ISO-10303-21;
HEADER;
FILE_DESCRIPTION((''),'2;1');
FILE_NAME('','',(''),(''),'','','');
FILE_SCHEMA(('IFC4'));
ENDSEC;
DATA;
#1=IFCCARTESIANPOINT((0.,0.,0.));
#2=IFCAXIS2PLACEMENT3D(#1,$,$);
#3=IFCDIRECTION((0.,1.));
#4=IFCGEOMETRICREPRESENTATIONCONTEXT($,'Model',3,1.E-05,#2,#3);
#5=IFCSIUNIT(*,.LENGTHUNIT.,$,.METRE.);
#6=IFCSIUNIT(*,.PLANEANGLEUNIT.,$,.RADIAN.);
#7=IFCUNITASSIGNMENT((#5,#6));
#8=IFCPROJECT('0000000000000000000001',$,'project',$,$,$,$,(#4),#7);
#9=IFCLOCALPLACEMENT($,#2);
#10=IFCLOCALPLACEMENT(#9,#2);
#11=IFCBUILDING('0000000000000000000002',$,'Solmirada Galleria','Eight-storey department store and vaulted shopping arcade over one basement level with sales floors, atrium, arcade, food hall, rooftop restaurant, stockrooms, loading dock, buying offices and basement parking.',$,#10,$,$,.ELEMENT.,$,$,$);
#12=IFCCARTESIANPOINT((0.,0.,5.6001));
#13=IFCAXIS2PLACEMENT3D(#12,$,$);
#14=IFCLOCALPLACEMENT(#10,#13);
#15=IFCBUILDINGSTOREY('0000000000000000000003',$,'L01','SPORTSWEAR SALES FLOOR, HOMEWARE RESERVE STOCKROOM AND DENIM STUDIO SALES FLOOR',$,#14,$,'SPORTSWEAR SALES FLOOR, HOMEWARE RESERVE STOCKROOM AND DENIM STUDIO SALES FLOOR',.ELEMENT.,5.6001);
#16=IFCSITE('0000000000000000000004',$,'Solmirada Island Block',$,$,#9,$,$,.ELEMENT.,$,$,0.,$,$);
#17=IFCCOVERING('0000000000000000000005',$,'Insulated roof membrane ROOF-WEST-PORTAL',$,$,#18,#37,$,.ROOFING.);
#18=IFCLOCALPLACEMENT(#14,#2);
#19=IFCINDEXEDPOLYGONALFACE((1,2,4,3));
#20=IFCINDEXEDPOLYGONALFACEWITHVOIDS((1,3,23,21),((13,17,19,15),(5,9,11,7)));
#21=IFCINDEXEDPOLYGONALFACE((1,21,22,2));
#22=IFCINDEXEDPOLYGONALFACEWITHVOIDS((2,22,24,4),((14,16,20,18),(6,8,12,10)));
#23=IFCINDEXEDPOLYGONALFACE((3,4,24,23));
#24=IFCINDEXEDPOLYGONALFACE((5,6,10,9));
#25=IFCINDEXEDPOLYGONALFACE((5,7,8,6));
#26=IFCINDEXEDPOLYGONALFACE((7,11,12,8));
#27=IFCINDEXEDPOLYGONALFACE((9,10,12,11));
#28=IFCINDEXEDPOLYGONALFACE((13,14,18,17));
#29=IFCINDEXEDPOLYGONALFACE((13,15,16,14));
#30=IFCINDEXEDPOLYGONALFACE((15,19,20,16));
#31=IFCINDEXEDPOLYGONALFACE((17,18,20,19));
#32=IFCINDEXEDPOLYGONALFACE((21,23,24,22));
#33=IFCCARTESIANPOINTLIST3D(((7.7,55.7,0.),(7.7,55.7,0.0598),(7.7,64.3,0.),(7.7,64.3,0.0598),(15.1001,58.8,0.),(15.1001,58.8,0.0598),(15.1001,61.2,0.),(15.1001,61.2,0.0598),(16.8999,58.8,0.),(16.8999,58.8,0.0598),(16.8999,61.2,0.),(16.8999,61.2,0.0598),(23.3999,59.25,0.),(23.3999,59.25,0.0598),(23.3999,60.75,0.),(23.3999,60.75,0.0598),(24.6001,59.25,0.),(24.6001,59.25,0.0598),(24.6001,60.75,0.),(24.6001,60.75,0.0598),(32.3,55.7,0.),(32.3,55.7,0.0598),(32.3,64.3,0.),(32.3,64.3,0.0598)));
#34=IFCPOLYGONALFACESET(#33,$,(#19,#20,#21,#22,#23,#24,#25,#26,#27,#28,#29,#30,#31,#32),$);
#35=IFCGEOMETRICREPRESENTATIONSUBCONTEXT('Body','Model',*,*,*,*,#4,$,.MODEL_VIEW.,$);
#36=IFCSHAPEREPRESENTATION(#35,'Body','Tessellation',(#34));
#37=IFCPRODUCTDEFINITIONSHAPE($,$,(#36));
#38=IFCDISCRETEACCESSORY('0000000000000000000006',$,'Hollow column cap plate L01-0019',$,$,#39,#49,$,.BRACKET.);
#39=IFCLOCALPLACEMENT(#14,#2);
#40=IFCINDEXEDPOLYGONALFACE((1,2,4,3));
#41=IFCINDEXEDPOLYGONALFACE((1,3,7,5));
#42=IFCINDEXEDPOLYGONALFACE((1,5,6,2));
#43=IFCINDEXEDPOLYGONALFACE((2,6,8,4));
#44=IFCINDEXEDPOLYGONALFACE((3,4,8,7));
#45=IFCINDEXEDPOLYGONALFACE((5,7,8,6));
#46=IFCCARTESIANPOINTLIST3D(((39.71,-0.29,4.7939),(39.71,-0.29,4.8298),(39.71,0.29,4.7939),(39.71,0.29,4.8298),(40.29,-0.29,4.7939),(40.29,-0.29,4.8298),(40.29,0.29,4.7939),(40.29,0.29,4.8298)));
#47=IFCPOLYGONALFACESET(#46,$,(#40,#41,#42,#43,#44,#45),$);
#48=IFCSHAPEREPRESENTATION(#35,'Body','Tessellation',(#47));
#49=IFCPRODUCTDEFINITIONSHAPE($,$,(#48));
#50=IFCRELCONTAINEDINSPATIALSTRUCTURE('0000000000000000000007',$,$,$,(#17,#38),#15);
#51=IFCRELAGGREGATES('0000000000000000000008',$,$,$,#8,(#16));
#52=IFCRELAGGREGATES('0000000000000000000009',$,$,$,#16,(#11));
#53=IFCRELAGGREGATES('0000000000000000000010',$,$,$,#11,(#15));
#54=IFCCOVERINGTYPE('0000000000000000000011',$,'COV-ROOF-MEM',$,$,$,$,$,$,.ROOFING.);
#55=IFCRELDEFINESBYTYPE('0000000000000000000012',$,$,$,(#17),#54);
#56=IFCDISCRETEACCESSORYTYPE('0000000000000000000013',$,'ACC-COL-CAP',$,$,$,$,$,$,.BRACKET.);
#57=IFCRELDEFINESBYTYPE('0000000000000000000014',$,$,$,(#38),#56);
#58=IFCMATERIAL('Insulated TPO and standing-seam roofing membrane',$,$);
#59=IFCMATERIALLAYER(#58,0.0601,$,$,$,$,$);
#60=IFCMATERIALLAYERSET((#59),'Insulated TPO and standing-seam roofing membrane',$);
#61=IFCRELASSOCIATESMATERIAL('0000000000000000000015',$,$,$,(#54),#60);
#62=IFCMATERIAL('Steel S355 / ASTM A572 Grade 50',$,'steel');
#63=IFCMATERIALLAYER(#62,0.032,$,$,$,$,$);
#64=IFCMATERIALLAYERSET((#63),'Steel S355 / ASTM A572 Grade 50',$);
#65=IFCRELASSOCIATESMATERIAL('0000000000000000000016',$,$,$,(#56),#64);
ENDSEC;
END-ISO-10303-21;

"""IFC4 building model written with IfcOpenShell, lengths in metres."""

from ifc_helpers import new_model, si_unit, direction, frame, origin, origin_2d, place, context, subcontext, project, spatial, polyline, rectangle, outline, extrude, material, layer, layer_set, type_object, element, save


model = new_model("IFC4")

# Units and contexts
model_context = context("Model", 3, precision=1e-05, world=origin(), true_north=direction((0.0, 1.0)))
body_context = subcontext(model_context, "Body", "Model", "MODEL_VIEW")
ifc_project = project(units=[si_unit("LENGTHUNIT", "METRE"), si_unit("PLANEANGLEUNIT", "RADIAN")], contexts=[model_context])

# Site, building, storey
site_placement = place(None, origin())
site = spatial("IfcSite", under=ifc_project, at=site_placement, Name="Solmirada Island Block", CompositionType="ELEMENT", RefElevation=0.0)
building_placement = place(site_placement, origin())
building = spatial("IfcBuilding", under=site, at=building_placement, Name="Solmirada Galleria", Description="Eight-storey department store and vaulted shopping arcade over one basement level with sales floors, atrium, arcade, food hall, rooftop restaurant, stockrooms, loading dock, buying offices and basement parking.", CompositionType="ELEMENT")
storey_placement = place(building_placement, frame((0.0, 0.0, 5.6001)))
storey = spatial("IfcBuildingStorey", under=building, at=storey_placement, Name="L01", Description="SPORTSWEAR SALES FLOOR, HOMEWARE RESERVE STOCKROOM AND DENIM STUDIO SALES FLOOR", LongName="SPORTSWEAR SALES FLOOR, HOMEWARE RESERVE STOCKROOM AND DENIM STUDIO SALES FLOOR", CompositionType="ELEMENT", Elevation=5.6001)

# Covering
ifc_material_1 = material(Name="Insulated TPO and standing-seam roofing membrane")
ifc_layer_1 = layer(ifc_material_1, 0.0601)
ifc_layer_set_1 = layer_set([ifc_layer_1], Name="Insulated TPO and standing-seam roofing membrane")
covering_type_1 = type_object("IfcCoveringType", Name="COV-ROOF-MEM", PredefinedType="ROOFING", material=ifc_layer_set_1)
covering_1_placement = place(storey_placement, origin())
element("IfcCovering", 1, at=covering_1_placement, inside=storey, type_object=covering_type_1, Name="Insulated roof membrane ROOF-WEST-PORTAL", PredefinedType="ROOFING", context=body_context, shape_type="SweptSolid", body=[
    extrude(outline(polyline([(7.7, 55.7), (32.3, 55.7), (32.3, 64.3), (7.7, 64.3), (7.7, 55.7)]), holes=[polyline([(15.1001, 58.8), (16.8999, 58.8), (16.8999, 61.2), (15.1001, 61.2), (15.1001, 58.8)]), polyline([(23.3999, 59.25), (24.6001, 59.25), (24.6001, 60.75), (23.3999, 60.75), (23.3999, 59.25)])]), origin(), (0.0, 0.0, 1.0), 0.0598),
])

# Discrete accessory
ifc_material_2 = material(Name="Steel S355 / ASTM A572 Grade 50", Category="steel")
ifc_layer_2 = layer(ifc_material_2, 0.032)
ifc_layer_set_2 = layer_set([ifc_layer_2], Name="Steel S355 / ASTM A572 Grade 50")
discrete_accessory_type = type_object("IfcDiscreteAccessoryType", Name="ACC-COL-CAP", PredefinedType="BRACKET", material=ifc_layer_set_2)
discrete_accessory_placement = place(storey_placement, frame((40.0, 0.0, 4.7939), z_axis=(0.0, 0.0, 1.0), x_axis=(1.0, 0.0, 0.0)))
element("IfcDiscreteAccessory", 2, at=discrete_accessory_placement, inside=storey, type_object=discrete_accessory_type, Name="Hollow column cap plate L01-0019", PredefinedType="BRACKET", context=body_context, shape_type="SweptSolid", body=[
    extrude(rectangle(XDim=0.5801, YDim=0.5801, at=origin_2d()), origin(), (0.0, 0.0, 1.0), 0.0359),
])

save(model, "model.ifc")
